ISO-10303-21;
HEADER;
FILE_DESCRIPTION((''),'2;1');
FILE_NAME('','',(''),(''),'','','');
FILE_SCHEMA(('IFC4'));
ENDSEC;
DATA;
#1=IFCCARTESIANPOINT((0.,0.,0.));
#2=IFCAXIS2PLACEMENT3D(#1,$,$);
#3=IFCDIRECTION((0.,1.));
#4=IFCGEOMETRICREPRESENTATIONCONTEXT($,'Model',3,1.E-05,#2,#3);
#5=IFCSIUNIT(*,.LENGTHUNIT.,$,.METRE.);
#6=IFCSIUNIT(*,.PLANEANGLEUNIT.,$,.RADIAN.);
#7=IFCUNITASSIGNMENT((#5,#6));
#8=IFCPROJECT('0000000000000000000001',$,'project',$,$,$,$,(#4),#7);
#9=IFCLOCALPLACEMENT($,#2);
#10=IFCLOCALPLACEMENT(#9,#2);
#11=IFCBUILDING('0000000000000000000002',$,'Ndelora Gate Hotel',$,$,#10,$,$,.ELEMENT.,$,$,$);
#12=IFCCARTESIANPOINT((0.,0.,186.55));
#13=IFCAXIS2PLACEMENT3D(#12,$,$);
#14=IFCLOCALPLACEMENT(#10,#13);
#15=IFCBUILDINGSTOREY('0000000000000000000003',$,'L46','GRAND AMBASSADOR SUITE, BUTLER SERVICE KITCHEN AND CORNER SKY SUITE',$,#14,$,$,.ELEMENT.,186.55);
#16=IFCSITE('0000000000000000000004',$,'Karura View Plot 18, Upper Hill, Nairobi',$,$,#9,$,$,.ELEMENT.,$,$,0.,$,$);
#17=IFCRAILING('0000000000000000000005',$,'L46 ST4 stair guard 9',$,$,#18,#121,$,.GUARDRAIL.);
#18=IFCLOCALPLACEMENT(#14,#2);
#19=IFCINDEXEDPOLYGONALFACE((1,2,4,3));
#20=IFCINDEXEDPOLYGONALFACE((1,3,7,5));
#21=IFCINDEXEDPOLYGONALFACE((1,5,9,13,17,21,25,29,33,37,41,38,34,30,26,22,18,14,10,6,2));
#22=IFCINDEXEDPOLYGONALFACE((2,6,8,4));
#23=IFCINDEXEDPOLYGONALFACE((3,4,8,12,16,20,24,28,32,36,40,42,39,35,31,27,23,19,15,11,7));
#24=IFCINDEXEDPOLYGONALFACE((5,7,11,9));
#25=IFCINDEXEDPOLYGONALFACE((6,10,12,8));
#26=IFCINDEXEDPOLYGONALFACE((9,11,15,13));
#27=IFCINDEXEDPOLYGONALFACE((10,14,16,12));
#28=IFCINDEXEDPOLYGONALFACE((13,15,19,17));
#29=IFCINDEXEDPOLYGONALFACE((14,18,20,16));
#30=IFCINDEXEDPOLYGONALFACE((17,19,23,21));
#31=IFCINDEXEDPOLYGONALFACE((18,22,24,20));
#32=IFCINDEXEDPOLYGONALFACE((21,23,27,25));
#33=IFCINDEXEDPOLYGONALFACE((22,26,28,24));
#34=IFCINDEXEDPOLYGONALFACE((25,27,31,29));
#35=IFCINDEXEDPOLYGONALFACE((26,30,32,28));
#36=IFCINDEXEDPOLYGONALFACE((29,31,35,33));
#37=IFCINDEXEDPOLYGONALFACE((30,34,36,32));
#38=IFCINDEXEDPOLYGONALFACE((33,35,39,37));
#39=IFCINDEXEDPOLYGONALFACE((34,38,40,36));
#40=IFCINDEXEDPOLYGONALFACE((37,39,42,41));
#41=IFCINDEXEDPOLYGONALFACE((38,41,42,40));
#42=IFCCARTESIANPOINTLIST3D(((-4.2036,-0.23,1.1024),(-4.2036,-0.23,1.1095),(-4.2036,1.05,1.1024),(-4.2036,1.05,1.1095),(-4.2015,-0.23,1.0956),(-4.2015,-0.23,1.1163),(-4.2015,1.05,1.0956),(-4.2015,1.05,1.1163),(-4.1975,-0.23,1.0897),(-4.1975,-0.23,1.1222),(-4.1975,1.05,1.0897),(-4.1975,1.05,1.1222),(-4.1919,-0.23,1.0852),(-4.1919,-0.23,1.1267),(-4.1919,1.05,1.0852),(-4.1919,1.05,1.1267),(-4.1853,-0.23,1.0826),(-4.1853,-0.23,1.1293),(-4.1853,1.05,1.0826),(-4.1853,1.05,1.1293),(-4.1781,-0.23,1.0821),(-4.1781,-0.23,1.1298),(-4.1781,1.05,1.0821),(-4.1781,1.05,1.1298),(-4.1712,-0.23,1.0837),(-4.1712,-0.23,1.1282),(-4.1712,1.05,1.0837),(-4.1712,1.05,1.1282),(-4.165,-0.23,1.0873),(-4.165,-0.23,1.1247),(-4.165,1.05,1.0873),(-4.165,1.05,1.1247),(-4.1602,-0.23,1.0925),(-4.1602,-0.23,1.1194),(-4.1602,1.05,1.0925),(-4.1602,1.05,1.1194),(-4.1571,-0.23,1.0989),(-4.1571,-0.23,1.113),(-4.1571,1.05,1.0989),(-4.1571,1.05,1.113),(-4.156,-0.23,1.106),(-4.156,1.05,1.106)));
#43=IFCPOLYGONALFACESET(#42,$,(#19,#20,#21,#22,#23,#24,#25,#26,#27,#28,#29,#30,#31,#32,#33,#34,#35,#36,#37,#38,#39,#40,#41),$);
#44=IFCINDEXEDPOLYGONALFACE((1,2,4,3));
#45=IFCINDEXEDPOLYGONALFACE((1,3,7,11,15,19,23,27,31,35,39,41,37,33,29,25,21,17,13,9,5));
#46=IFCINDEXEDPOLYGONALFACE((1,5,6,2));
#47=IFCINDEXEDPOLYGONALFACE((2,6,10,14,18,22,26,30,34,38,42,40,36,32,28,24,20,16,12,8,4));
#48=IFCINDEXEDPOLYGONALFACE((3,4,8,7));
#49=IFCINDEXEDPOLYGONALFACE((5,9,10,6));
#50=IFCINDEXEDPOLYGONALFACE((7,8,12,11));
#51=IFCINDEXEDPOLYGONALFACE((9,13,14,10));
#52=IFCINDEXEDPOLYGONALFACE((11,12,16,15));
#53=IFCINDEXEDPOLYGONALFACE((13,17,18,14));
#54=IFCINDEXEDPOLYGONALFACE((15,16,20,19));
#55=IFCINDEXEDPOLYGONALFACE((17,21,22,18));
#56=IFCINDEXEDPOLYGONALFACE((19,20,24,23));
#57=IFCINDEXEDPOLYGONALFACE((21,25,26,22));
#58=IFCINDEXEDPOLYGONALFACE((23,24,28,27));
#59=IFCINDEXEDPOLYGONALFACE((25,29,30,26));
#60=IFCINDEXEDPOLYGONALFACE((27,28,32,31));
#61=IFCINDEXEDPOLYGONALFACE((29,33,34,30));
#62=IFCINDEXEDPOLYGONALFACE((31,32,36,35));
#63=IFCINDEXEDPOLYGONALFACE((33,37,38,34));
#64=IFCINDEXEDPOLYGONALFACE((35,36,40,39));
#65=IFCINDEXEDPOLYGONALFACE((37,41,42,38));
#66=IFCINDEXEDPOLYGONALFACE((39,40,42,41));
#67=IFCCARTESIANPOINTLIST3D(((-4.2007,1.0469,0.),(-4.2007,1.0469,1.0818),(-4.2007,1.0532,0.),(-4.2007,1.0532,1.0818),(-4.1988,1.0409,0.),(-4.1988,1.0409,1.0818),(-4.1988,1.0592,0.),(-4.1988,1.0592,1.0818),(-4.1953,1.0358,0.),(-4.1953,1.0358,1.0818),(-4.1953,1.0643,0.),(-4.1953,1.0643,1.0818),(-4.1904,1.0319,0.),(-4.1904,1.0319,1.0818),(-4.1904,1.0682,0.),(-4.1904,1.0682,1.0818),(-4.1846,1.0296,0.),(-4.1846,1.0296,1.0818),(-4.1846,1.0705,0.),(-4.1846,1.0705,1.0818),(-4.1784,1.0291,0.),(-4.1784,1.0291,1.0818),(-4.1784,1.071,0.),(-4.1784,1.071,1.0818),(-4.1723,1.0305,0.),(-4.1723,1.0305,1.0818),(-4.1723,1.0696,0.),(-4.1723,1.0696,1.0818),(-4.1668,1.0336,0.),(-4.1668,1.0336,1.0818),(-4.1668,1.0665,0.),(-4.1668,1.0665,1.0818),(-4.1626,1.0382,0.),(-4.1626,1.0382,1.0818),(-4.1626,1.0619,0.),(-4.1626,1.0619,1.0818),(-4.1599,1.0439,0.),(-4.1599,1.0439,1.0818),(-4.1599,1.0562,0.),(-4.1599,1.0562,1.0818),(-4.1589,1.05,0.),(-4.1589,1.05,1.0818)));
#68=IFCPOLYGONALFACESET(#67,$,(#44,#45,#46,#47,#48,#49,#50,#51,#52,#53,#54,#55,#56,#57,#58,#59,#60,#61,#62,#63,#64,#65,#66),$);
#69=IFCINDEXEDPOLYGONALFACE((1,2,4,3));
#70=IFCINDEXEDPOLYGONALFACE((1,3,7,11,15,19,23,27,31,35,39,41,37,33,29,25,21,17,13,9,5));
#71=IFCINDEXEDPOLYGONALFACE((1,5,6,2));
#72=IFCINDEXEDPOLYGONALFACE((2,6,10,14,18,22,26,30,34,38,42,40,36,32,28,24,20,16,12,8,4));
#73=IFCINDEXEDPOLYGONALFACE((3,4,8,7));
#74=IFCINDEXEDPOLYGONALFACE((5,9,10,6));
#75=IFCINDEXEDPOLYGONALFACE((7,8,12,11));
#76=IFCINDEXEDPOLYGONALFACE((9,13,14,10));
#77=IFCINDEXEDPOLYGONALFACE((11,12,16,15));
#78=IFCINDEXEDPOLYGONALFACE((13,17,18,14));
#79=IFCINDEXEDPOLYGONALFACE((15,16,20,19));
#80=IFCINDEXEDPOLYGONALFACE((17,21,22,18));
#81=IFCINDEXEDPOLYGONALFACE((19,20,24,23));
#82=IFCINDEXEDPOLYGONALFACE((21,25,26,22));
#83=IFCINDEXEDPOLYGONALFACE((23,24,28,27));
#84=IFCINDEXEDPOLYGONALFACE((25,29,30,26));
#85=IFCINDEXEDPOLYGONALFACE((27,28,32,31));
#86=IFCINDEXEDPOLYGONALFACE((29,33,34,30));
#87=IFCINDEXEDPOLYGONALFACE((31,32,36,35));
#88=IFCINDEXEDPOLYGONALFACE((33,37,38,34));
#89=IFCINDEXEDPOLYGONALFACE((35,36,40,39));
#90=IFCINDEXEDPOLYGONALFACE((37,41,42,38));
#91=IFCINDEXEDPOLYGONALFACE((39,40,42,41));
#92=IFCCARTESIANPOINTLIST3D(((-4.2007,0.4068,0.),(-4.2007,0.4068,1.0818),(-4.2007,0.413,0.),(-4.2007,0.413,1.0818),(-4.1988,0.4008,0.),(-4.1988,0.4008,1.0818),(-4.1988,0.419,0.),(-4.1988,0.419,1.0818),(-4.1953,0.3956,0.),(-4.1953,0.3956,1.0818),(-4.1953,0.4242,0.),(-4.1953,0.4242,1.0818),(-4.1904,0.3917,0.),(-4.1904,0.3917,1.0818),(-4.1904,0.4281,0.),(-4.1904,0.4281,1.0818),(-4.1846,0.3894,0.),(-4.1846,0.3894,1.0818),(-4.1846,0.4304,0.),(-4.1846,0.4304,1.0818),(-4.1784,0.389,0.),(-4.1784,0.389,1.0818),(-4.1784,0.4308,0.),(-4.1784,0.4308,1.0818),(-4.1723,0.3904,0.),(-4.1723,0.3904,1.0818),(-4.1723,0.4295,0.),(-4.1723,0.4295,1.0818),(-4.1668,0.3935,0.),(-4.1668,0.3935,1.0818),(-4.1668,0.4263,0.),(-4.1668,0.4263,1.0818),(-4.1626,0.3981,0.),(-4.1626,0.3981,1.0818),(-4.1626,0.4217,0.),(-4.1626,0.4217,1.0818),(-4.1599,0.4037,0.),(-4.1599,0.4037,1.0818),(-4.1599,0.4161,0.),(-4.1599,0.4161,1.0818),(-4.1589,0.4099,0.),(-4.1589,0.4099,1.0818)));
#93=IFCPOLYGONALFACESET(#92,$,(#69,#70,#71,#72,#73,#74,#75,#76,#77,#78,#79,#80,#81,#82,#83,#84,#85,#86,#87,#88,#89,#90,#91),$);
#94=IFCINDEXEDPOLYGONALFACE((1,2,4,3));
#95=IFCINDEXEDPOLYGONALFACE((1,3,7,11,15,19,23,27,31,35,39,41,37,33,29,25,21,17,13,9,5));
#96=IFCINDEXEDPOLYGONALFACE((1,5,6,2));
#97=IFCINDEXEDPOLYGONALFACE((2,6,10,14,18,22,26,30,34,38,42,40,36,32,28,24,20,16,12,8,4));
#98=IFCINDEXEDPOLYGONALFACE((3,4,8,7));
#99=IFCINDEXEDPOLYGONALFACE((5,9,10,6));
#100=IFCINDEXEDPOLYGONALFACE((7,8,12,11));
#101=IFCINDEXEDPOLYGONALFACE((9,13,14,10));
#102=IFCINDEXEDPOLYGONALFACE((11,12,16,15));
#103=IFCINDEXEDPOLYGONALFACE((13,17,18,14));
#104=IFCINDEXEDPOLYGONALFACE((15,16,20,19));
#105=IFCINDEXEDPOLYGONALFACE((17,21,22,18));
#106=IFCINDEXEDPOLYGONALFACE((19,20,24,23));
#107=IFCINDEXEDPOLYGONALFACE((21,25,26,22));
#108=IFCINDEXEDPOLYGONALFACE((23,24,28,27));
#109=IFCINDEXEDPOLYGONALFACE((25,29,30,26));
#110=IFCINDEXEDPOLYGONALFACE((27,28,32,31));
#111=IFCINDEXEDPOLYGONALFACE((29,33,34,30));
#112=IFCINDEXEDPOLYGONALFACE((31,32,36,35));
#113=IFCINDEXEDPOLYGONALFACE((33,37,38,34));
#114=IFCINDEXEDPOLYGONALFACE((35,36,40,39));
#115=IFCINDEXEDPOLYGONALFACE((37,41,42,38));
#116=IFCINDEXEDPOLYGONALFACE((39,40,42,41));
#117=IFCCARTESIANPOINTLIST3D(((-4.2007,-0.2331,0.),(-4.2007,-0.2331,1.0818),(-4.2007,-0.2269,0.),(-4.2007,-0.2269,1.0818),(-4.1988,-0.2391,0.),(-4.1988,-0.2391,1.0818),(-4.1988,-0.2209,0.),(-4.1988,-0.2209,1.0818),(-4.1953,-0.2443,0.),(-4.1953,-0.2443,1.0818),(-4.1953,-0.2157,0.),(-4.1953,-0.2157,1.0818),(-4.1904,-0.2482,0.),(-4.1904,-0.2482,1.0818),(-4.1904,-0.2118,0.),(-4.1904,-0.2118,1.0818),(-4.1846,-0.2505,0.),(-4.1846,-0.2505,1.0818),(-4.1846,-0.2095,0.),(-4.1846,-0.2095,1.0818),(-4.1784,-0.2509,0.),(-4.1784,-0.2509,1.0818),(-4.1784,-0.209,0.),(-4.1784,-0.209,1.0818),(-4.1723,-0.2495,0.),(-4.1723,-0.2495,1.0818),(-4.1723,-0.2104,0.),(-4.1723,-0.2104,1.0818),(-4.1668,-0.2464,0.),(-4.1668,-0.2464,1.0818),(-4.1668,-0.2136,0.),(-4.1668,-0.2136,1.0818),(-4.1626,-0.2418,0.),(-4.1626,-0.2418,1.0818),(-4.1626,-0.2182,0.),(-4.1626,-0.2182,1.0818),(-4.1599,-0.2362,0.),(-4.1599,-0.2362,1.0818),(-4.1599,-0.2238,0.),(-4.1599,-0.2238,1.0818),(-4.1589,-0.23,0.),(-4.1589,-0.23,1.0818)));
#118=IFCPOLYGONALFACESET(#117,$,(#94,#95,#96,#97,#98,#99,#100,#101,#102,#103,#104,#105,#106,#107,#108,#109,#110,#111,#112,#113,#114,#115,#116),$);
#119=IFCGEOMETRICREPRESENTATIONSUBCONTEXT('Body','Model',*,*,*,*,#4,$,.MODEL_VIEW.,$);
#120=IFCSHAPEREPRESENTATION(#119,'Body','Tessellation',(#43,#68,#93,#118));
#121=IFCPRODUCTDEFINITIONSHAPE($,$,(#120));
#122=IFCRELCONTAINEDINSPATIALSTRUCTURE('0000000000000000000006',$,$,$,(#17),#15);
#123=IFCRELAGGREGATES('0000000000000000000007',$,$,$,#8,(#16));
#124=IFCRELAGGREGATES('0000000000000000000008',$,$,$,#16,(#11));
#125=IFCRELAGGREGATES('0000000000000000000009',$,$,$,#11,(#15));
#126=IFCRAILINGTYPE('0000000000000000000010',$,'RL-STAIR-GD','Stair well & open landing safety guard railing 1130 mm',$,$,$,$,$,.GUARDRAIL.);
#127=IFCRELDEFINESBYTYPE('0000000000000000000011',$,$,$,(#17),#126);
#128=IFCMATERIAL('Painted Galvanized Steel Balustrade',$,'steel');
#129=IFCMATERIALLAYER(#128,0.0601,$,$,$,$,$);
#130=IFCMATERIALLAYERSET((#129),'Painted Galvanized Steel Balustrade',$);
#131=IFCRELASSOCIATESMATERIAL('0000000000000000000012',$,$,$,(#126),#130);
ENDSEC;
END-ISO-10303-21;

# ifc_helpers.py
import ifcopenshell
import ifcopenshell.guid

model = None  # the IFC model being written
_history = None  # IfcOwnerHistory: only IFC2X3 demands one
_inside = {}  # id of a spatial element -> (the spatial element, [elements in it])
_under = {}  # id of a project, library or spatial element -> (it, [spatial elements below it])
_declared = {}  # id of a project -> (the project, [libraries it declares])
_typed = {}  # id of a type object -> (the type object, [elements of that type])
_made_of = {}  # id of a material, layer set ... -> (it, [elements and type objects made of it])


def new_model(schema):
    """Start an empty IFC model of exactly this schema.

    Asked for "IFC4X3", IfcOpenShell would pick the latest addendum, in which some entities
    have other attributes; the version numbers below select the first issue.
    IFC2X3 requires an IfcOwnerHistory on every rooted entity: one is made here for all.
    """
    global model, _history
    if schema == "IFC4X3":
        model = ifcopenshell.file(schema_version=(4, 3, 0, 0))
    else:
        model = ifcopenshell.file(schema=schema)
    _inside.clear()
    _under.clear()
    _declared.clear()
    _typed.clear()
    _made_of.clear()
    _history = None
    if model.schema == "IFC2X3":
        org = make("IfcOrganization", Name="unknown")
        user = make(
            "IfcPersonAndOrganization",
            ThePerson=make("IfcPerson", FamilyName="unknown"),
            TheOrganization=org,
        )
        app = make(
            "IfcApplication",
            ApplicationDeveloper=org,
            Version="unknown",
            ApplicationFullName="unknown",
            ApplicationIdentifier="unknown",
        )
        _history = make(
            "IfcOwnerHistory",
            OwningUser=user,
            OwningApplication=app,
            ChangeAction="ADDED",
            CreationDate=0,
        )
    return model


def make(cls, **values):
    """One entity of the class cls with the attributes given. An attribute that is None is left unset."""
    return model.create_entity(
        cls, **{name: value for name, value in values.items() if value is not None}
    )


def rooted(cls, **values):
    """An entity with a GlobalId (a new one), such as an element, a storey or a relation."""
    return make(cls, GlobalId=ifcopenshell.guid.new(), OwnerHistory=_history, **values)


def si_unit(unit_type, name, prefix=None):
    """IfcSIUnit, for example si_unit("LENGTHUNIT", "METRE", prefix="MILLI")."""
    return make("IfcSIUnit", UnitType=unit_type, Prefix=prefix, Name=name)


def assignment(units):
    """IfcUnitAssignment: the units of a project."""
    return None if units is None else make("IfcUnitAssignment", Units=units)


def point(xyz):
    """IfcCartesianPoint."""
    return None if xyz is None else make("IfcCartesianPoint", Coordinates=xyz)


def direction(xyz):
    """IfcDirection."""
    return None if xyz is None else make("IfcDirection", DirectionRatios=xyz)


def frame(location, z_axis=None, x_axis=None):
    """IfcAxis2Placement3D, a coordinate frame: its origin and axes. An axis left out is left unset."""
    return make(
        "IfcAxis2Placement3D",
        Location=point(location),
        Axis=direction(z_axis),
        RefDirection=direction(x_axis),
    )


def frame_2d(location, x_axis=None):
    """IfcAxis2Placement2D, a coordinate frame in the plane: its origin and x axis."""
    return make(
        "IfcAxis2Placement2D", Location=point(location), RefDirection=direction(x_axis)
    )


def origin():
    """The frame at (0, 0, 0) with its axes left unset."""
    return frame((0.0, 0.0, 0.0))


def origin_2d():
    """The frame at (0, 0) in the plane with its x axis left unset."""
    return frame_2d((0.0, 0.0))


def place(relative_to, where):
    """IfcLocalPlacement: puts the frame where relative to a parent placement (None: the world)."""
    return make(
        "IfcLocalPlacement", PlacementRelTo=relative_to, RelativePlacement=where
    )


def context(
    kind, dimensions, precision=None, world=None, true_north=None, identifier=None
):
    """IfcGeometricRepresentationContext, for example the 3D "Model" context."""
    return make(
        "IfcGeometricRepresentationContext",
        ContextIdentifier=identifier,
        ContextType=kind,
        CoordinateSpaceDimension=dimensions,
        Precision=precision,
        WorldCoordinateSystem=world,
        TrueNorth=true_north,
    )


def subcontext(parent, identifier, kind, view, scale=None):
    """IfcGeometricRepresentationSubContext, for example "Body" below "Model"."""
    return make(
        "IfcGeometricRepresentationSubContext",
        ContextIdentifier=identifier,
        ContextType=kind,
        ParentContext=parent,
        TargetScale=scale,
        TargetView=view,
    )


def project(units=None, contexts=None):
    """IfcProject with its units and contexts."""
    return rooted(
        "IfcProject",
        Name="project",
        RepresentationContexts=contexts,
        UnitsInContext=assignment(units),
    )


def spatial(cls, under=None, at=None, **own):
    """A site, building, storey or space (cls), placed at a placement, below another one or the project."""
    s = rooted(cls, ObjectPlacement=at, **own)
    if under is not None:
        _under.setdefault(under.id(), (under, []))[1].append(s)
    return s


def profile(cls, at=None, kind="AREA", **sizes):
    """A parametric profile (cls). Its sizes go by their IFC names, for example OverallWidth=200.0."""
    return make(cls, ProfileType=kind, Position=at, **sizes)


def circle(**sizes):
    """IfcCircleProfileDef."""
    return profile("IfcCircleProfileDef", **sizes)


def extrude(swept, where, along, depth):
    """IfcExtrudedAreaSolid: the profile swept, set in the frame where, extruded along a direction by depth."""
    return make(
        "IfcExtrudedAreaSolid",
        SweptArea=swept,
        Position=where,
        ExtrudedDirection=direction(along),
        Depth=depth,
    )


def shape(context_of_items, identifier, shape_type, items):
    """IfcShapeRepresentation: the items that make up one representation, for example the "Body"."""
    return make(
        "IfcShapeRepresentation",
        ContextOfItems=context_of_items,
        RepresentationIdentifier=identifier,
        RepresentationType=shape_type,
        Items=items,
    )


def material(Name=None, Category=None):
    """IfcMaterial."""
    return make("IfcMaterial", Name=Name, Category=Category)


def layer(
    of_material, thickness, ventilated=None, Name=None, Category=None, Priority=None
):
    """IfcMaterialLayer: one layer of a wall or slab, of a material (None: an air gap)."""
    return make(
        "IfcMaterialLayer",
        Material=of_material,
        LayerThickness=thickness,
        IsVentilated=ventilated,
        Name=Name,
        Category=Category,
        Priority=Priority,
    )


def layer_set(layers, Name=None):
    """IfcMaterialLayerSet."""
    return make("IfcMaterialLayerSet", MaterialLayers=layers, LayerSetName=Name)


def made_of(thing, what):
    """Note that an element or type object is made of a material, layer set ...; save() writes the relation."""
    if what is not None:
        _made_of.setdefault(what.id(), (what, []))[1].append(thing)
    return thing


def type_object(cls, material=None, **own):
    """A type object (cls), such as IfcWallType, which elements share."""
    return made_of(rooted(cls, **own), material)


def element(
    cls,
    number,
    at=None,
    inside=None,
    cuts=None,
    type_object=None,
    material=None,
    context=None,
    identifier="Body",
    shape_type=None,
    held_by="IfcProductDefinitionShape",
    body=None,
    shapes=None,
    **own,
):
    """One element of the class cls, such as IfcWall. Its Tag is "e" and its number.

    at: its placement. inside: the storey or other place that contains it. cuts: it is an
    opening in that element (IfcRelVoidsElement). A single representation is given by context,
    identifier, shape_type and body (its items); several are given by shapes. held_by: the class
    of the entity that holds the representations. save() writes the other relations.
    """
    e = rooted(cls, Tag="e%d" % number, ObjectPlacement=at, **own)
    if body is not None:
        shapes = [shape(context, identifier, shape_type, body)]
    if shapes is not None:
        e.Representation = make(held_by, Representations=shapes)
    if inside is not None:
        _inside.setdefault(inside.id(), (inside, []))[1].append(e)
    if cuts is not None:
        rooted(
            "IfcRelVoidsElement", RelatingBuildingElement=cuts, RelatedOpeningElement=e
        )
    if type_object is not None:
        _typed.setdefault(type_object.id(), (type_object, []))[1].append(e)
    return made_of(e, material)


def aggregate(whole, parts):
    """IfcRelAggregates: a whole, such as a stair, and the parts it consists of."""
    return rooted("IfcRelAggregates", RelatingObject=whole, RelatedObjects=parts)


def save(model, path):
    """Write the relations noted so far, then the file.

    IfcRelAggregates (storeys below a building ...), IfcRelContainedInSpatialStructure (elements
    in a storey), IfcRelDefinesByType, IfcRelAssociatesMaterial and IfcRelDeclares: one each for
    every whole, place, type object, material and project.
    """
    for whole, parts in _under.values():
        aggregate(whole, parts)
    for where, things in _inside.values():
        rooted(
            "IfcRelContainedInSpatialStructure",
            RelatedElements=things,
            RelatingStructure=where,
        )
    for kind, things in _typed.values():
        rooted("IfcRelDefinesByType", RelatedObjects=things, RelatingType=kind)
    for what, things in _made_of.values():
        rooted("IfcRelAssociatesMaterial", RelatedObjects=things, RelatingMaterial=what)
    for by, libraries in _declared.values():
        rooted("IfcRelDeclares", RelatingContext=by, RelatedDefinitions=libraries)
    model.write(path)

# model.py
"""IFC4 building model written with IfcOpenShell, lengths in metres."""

from ifc_helpers import new_model, si_unit, direction, frame, origin, origin_2d, place, context, subcontext, project, spatial, circle, extrude, material, layer, layer_set, type_object, element, save


model = new_model("IFC4")

# Units and contexts
model_context = context("Model", 3, precision=1e-05, world=origin(), true_north=direction((0.0, 1.0)))
body_context = subcontext(model_context, "Body", "Model", "MODEL_VIEW")
ifc_project = project(units=[si_unit("LENGTHUNIT", "METRE"), si_unit("PLANEANGLEUNIT", "RADIAN")], contexts=[model_context])

# Site, building, storey
site_placement = place(None, origin())
site = spatial("IfcSite", under=ifc_project, at=site_placement, Name="Karura View Plot 18, Upper Hill, Nairobi", CompositionType="ELEMENT", RefElevation=0.0)
building_placement = place(site_placement, origin())
building = spatial("IfcBuilding", under=site, at=building_placement, Name="Ndelora Gate Hotel", CompositionType="ELEMENT")
storey_placement = place(building_placement, frame((0.0, 0.0, 186.55)))
storey = spatial("IfcBuildingStorey", under=building, at=storey_placement, Name="L46", Description="GRAND AMBASSADOR SUITE, BUTLER SERVICE KITCHEN AND CORNER SKY SUITE", CompositionType="ELEMENT", Elevation=186.55)

# Railing
ifc_material_1 = material(Name="Painted Galvanized Steel Balustrade", Category="steel")
ifc_layer_1 = layer(ifc_material_1, 0.0601)
ifc_layer_set_1 = layer_set([ifc_layer_1], Name="Painted Galvanized Steel Balustrade")
railing_type = type_object("IfcRailingType", Name="RL-STAIR-GD", Description="Stair well & open landing safety guard railing 1130 mm", PredefinedType="GUARDRAIL", material=ifc_layer_set_1)
for number, where, name in (
    (1, (-4.1799, 1.05, 0.0), "L46 ST4 stair guard 9"),
):
    element("IfcRailing", number, at=place(storey_placement, frame(where)), inside=storey, type_object=railing_type, Name=name, PredefinedType="GUARDRAIL", context=body_context, shape_type="SweptSolid", body=[
        extrude(circle(Radius=0.0239, at=origin_2d()), frame((0.0, 0.0, 1.106), z_axis=(0.0, -1.0, 0.0), x_axis=(1.0, 0.0, 0.0)), (0.0, 0.0, 1.0), 1.28),
        extrude(circle(Radius=0.021, at=origin_2d()), origin(), (0.0, 0.0, 1.0), 1.0818),
        extrude(circle(Radius=0.021, at=origin_2d()), frame((0.0, -0.6401, 0.0)), (0.0, 0.0, 1.0), 1.0818),
        extrude(circle(Radius=0.021, at=origin_2d()), frame((0.0, -1.28, 0.0)), (0.0, 0.0, 1.0), 1.0818),
    ])

save(model, "model.ifc")
